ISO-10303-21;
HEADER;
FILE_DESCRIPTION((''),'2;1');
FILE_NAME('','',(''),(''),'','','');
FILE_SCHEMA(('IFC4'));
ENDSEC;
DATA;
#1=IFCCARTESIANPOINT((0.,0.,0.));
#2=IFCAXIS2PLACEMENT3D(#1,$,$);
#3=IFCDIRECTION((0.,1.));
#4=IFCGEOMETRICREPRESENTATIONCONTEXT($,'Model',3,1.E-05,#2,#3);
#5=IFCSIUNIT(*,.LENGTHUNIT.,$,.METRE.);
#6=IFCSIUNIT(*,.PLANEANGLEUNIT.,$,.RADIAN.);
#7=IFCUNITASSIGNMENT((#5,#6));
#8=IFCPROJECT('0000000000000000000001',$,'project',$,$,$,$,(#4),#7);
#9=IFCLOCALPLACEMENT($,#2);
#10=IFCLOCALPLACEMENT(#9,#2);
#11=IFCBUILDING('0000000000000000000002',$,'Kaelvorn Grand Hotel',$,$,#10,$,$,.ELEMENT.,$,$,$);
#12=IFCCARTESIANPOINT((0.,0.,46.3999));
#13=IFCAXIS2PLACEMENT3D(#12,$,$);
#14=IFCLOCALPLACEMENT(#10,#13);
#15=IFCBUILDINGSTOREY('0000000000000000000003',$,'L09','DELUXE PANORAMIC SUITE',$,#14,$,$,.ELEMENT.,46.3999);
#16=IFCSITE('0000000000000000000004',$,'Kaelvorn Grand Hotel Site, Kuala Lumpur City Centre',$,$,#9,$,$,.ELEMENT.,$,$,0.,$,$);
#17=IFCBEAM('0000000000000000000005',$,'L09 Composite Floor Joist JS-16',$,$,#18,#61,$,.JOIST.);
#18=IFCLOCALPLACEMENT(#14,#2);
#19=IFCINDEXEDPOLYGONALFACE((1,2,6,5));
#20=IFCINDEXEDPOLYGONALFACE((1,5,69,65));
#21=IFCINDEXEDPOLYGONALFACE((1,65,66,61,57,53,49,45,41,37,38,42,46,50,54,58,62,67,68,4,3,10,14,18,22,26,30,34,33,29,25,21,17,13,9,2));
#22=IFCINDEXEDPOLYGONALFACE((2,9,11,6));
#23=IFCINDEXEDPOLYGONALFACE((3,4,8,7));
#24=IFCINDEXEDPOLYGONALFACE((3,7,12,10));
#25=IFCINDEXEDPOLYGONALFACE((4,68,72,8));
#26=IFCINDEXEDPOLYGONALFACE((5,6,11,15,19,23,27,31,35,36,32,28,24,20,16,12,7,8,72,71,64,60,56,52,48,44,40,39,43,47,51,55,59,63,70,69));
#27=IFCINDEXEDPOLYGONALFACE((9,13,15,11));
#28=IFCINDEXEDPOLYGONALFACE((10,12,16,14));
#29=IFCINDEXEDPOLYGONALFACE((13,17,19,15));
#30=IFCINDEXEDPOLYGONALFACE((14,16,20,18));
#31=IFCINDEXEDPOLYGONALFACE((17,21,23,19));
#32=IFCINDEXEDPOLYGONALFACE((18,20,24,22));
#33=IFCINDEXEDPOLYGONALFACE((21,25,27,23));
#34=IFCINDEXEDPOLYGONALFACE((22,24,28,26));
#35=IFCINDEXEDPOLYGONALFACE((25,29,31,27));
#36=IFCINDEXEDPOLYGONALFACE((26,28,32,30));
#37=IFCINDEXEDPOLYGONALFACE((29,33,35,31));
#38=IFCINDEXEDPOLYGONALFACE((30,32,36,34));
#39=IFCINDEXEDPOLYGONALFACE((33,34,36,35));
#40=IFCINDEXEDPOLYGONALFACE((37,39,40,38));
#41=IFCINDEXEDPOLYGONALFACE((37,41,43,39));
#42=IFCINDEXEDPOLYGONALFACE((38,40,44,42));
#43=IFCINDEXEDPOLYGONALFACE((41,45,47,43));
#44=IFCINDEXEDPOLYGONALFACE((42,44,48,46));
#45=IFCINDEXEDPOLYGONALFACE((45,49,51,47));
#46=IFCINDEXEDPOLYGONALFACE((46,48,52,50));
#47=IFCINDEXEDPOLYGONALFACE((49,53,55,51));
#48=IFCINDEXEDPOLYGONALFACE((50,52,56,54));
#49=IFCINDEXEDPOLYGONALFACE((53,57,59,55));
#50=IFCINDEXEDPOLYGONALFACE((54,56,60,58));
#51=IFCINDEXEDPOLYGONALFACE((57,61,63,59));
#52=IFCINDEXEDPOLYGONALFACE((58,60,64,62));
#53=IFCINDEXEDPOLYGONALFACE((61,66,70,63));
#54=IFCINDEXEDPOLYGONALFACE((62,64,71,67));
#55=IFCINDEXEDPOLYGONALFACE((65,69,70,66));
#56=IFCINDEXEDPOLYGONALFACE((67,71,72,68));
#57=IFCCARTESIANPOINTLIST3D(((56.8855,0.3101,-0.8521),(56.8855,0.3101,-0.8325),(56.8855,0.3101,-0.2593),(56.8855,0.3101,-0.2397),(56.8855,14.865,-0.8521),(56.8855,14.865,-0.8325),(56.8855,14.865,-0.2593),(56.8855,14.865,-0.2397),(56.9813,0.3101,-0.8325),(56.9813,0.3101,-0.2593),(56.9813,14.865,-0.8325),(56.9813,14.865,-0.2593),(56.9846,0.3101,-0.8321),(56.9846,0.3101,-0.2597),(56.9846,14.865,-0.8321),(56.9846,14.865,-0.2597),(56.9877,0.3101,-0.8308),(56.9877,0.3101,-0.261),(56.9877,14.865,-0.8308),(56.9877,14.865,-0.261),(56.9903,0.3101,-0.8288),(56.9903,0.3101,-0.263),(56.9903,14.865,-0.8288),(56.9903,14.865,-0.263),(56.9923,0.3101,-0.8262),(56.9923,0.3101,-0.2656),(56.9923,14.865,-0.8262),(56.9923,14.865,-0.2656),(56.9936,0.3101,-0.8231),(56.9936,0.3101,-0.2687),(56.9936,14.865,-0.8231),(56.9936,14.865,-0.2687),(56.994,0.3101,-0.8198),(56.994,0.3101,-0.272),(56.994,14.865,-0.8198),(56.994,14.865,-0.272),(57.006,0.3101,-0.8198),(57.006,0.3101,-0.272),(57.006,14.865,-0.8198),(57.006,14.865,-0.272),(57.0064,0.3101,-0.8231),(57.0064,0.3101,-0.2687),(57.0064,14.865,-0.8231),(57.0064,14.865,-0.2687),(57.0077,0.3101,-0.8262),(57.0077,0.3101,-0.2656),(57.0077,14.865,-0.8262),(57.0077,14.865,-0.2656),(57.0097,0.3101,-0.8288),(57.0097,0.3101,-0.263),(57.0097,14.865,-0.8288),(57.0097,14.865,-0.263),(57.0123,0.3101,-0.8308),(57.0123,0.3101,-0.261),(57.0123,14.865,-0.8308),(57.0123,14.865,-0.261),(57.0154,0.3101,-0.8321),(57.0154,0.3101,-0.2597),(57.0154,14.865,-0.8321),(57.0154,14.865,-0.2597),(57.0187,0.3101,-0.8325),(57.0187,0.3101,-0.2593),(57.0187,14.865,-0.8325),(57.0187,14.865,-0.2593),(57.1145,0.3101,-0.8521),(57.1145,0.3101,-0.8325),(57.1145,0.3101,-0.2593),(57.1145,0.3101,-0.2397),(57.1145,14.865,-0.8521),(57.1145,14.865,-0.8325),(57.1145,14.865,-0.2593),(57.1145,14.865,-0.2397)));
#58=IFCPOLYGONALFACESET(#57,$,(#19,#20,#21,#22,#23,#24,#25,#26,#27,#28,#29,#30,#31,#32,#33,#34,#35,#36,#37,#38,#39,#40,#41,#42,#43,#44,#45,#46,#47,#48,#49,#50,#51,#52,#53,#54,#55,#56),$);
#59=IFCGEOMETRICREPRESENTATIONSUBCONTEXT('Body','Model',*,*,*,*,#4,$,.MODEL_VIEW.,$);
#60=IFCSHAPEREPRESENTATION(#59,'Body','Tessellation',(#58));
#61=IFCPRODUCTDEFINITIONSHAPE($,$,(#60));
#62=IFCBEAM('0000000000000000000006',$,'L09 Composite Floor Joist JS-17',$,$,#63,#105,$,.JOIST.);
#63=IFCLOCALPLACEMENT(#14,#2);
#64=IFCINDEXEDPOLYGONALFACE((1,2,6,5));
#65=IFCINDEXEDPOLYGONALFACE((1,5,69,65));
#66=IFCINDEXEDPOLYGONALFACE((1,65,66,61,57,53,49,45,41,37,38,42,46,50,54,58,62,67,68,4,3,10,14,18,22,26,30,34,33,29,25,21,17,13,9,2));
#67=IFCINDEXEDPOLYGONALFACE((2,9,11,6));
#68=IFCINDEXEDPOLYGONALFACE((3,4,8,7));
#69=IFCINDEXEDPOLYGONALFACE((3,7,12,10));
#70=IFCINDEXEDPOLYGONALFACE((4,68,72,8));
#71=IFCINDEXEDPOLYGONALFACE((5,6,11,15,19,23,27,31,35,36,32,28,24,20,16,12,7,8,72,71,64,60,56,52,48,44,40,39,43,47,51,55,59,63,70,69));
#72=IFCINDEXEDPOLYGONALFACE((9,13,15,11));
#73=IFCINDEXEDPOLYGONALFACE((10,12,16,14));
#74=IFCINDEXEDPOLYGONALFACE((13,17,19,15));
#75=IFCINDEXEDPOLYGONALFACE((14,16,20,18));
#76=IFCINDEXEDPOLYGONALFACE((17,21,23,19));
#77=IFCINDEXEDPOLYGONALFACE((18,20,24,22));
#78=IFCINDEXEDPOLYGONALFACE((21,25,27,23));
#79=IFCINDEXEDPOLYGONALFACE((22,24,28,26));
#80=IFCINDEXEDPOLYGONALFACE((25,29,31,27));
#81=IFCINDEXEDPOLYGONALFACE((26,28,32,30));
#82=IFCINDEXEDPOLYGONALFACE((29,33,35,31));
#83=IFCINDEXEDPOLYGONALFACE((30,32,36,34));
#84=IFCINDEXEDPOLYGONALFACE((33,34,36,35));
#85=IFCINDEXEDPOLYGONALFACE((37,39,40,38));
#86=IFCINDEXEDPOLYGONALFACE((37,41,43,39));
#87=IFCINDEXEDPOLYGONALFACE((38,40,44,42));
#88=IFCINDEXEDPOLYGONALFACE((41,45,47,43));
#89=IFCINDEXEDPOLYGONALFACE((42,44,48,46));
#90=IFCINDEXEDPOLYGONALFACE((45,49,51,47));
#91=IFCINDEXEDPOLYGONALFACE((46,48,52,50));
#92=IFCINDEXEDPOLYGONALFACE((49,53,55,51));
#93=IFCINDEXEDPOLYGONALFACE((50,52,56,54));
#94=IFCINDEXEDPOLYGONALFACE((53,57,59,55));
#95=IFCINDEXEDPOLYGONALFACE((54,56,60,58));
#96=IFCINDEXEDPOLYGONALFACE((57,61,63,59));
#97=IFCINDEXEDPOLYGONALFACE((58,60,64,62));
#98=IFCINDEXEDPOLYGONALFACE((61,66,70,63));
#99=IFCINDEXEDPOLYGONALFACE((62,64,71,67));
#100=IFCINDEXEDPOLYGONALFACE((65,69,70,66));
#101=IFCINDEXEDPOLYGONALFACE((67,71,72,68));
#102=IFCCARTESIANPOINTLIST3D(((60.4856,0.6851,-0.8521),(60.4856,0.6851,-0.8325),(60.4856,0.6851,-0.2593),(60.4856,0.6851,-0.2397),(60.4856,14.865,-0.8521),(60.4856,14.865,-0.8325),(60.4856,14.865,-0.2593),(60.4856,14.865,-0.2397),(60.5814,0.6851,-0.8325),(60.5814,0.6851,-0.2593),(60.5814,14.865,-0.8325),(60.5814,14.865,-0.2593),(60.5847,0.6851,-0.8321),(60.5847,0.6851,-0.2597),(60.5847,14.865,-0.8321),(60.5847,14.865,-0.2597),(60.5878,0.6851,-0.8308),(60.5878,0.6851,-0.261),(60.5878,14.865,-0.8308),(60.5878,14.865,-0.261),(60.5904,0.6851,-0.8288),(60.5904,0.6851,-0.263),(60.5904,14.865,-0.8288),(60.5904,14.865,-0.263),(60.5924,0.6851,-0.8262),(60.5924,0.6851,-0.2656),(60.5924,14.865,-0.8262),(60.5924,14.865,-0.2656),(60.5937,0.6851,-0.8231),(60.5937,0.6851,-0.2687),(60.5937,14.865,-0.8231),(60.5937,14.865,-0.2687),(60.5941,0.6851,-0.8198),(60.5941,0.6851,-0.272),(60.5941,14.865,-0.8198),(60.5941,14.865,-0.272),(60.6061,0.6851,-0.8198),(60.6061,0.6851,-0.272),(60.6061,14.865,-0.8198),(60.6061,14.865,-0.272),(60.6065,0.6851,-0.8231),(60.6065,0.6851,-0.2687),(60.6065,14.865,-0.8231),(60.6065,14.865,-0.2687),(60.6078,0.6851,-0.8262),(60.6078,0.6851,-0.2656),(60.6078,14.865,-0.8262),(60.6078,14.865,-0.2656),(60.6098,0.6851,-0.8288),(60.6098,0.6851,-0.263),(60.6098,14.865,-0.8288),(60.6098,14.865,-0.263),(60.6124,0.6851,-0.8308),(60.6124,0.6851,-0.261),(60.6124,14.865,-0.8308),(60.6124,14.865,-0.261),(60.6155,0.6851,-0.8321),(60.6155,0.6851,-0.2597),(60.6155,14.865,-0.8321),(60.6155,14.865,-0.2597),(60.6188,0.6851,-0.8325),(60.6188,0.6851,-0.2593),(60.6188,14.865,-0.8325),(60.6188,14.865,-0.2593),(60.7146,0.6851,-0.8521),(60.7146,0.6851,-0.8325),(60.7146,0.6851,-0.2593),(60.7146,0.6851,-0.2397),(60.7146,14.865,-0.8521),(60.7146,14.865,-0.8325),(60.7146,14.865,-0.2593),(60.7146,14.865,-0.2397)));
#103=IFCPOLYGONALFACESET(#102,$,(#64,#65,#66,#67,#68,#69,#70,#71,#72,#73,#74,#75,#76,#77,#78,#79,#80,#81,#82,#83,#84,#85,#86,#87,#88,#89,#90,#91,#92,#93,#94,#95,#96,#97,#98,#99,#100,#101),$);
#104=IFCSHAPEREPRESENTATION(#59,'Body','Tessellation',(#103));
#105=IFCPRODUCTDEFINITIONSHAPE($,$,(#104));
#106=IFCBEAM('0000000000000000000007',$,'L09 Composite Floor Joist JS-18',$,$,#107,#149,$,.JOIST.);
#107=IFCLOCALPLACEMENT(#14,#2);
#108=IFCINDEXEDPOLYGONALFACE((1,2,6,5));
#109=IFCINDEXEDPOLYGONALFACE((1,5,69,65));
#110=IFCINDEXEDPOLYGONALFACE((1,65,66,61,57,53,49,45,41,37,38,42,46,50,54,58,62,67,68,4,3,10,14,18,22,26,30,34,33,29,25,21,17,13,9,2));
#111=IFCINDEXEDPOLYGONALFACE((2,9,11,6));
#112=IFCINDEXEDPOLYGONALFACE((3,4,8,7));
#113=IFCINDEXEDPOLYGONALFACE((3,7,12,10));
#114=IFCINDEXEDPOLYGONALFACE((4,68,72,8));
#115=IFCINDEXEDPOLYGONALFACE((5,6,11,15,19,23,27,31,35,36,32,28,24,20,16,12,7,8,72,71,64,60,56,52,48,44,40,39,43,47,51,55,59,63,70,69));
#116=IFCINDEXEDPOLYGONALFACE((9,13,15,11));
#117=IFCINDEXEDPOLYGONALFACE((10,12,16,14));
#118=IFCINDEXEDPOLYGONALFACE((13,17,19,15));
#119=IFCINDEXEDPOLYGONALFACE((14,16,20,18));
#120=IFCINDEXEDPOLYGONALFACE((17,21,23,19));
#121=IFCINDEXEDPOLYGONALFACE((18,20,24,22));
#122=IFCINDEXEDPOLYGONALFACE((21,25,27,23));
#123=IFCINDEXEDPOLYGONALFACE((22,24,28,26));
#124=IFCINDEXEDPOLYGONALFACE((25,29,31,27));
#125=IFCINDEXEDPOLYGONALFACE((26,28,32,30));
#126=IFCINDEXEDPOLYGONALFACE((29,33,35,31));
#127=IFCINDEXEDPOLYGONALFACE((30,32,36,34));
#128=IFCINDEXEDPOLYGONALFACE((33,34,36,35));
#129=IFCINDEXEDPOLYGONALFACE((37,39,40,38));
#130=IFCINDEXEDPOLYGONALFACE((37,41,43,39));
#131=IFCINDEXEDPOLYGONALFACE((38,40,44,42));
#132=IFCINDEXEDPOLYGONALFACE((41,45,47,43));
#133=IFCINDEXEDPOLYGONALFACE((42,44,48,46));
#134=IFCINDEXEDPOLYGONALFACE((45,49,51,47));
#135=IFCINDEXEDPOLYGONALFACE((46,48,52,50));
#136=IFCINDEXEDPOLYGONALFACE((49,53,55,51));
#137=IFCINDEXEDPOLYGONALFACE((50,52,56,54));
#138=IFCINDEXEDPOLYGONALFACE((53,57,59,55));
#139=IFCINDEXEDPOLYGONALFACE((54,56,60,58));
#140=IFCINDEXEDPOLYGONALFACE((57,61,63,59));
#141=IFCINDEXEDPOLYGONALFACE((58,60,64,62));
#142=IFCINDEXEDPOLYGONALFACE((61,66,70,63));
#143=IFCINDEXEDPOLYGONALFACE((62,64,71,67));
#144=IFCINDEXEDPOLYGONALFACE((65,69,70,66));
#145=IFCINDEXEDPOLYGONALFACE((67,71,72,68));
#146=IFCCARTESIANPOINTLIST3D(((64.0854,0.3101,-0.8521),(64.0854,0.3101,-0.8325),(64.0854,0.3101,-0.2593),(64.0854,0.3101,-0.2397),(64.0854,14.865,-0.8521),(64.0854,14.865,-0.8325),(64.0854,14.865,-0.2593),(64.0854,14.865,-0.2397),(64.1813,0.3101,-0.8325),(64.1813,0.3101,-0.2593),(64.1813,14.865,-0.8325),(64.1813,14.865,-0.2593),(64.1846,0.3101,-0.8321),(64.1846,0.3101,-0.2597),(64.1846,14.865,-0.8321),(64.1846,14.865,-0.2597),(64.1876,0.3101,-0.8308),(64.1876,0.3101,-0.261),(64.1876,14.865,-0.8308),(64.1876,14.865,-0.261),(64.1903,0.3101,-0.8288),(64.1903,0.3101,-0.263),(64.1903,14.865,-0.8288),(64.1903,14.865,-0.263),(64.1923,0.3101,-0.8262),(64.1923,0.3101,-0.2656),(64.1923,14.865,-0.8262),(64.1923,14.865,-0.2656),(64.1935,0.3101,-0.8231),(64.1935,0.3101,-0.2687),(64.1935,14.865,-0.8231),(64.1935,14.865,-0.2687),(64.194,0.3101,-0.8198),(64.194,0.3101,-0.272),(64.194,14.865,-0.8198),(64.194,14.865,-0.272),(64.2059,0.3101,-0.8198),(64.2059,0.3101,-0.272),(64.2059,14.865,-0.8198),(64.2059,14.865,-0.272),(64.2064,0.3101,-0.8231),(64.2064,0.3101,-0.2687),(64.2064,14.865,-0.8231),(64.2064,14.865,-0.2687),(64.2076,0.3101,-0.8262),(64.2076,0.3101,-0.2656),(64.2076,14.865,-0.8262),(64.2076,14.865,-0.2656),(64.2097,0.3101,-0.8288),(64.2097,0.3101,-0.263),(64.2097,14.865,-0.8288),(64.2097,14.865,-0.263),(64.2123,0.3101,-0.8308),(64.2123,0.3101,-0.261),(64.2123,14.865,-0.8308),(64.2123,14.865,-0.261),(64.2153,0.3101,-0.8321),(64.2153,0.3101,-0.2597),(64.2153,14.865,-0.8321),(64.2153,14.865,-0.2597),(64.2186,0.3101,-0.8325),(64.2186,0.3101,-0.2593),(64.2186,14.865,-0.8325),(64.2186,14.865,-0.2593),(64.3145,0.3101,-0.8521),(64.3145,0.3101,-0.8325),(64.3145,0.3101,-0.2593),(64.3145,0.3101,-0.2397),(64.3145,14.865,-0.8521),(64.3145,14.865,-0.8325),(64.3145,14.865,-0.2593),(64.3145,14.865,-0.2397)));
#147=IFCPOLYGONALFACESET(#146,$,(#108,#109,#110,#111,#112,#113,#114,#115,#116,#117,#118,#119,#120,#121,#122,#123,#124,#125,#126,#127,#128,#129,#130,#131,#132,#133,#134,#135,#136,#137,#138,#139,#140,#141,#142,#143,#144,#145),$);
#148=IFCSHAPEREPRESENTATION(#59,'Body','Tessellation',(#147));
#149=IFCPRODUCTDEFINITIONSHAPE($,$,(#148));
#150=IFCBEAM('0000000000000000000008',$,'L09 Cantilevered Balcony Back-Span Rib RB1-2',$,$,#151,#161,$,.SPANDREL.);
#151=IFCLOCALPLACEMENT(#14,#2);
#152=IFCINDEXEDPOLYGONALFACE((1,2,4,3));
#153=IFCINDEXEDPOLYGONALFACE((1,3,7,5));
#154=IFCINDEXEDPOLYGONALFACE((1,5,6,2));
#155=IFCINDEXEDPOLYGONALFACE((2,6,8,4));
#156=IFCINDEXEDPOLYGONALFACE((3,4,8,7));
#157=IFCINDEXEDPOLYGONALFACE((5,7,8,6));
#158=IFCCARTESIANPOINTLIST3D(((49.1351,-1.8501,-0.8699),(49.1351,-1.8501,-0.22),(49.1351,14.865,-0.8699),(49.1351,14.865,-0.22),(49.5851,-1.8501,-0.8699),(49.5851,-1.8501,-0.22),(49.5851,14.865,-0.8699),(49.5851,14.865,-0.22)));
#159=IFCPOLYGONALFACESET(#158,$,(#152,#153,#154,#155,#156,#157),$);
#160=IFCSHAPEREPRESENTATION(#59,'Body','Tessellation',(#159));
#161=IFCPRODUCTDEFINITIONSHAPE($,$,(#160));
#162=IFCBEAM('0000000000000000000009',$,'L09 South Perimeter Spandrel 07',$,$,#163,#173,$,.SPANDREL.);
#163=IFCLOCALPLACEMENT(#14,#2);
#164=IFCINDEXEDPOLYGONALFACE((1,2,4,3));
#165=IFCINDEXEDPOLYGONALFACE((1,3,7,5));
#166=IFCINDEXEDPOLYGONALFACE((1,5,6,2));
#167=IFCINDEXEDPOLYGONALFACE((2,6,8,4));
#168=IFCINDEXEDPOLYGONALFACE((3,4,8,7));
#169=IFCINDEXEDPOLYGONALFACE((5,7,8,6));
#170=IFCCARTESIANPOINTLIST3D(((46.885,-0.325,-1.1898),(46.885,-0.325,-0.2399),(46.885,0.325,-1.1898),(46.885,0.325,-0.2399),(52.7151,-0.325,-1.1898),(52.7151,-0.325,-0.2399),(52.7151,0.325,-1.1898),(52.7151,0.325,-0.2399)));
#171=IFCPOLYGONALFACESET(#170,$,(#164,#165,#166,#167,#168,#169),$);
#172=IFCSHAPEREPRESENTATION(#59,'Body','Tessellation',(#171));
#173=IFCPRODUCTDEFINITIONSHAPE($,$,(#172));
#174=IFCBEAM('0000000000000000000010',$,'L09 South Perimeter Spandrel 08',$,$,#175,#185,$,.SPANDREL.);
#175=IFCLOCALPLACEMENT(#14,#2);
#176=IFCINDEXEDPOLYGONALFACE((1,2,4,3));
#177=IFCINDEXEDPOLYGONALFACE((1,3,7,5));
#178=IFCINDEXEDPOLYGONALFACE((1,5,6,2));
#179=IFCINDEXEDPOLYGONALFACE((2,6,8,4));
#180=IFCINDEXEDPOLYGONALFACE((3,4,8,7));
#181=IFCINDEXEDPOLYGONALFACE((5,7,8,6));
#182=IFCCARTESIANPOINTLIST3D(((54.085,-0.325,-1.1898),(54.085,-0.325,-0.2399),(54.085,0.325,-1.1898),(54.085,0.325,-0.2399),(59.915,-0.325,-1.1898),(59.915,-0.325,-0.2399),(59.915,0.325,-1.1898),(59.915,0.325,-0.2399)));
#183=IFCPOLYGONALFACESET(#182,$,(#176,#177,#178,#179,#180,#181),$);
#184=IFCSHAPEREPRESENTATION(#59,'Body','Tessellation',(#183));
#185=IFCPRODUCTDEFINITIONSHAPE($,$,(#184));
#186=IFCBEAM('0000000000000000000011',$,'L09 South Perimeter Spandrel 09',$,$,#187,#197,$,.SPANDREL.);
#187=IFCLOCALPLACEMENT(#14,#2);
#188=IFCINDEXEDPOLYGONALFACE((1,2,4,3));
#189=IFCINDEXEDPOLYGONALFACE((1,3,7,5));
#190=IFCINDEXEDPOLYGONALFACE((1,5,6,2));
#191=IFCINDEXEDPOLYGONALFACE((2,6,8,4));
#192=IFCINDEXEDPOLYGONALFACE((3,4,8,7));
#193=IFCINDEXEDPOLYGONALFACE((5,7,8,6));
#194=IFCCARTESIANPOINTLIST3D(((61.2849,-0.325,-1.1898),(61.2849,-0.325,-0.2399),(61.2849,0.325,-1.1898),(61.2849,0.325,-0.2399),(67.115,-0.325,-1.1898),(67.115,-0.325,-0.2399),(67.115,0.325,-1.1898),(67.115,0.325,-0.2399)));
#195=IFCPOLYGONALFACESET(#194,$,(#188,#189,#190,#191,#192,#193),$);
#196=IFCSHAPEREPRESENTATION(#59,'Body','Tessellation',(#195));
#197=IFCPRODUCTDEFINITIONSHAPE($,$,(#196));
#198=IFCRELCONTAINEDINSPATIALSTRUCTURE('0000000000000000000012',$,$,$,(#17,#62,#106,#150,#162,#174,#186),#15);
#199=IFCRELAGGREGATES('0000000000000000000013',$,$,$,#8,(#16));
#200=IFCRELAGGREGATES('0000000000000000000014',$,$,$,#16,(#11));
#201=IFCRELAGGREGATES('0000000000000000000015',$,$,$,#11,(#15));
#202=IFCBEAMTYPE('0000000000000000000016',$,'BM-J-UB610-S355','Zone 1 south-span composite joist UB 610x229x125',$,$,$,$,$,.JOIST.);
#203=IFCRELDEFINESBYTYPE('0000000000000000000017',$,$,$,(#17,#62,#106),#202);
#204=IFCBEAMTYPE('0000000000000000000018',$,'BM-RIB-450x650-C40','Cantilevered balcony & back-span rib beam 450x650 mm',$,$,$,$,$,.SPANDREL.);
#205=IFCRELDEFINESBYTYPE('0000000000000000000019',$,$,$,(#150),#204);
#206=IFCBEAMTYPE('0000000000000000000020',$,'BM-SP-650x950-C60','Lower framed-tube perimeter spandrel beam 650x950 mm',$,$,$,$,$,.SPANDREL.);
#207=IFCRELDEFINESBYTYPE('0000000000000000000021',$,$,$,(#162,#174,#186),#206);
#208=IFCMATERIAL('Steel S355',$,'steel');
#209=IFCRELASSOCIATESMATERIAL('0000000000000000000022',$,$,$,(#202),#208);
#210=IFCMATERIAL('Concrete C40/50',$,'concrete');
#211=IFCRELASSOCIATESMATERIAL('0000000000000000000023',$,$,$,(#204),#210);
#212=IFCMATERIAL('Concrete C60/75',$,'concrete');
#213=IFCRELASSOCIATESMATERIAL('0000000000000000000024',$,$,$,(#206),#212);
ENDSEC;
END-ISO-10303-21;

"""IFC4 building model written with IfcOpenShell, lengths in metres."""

from ifc_helpers import new_model, si_unit, direction, frame, origin, origin_2d, place, context, subcontext, project, spatial, rectangle, i_section, extrude, material, material_profile, profile_set, type_object, element, save


model = new_model("IFC4")

# Units and contexts
model_context = context("Model", 3, precision=1e-05, world=origin(), true_north=direction((0.0, 1.0)))
body_context = subcontext(model_context, "Body", "Model", "MODEL_VIEW")
ifc_project = project(units=[si_unit("LENGTHUNIT", "METRE"), si_unit("PLANEANGLEUNIT", "RADIAN")], contexts=[model_context])

# Site, building, storey
site_placement = place(None, origin())
site = spatial("IfcSite", under=ifc_project, at=site_placement, Name="Kaelvorn Grand Hotel Site, Kuala Lumpur City Centre", CompositionType="ELEMENT", RefElevation=0.0)
building_placement = place(site_placement, origin())
building = spatial("IfcBuilding", under=site, at=building_placement, Name="Kaelvorn Grand Hotel", CompositionType="ELEMENT")
storey_placement = place(building_placement, frame((0.0, 0.0, 46.3999)))
storey = spatial("IfcBuildingStorey", under=building, at=storey_placement, Name="L09", Description="DELUXE PANORAMIC SUITE", CompositionType="ELEMENT", Elevation=46.3999)

# Beams
ifc_material_1 = material(Name="Steel S355", Category="steel")
ifc_material_profile_1 = material_profile(ifc_material_1, i_section(OverallWidth=0.229, OverallDepth=0.6123, WebThickness=0.012, FlangeThickness=0.0195, FilletRadius=0.0127, at=origin_2d()), Name="UB 610x229x125")
ifc_profile_set_1 = profile_set([ifc_material_profile_1], Name="Steel S355")
beam_type_1 = type_object("IfcBeamType", Name="BM-J-UB610-S355", Description="Zone 1 south-span composite joist UB 610x229x125", PredefinedType="JOIST", material=ifc_profile_set_1)
beam_1_placement = place(storey_placement, frame((57.0, 0.3101, -0.5459), z_axis=(0.0, 1.0, 0.0), x_axis=(-1.0, 0.0, 0.0)))
element("IfcBeam", 1, at=beam_1_placement, inside=storey, type_object=beam_type_1, Name="L09 Composite Floor Joist JS-16", PredefinedType="JOIST", context=body_context, shape_type="SweptSolid", body=[
    extrude(i_section(OverallWidth=0.229, OverallDepth=0.6123, WebThickness=0.012, FlangeThickness=0.0195, FilletRadius=0.0127, at=origin_2d()), origin(), (0.0, 0.0, 1.0), 14.5549),
])
beam_2_placement = place(storey_placement, frame((60.6001, 0.6851, -0.5459), z_axis=(0.0, 1.0, 0.0), x_axis=(-1.0, 0.0, 0.0)))
element("IfcBeam", 2, at=beam_2_placement, inside=storey, type_object=beam_type_1, Name="L09 Composite Floor Joist JS-17", PredefinedType="JOIST", context=body_context, shape_type="SweptSolid", body=[
    extrude(i_section(OverallWidth=0.229, OverallDepth=0.6123, WebThickness=0.012, FlangeThickness=0.0195, FilletRadius=0.0127, at=origin_2d()), origin(), (0.0, 0.0, 1.0), 14.1799),
])
beam_3_placement = place(storey_placement, frame((64.2, 0.3101, -0.5459), z_axis=(0.0, 1.0, 0.0), x_axis=(-1.0, 0.0, 0.0)))
element("IfcBeam", 3, at=beam_3_placement, inside=storey, type_object=beam_type_1, Name="L09 Composite Floor Joist JS-18", PredefinedType="JOIST", context=body_context, shape_type="SweptSolid", body=[
    extrude(i_section(OverallWidth=0.229, OverallDepth=0.6123, WebThickness=0.012, FlangeThickness=0.0195, FilletRadius=0.0127, at=origin_2d()), origin(), (0.0, 0.0, 1.0), 14.5549),
])
ifc_material_2 = material(Name="Concrete C40/50", Category="concrete")
ifc_material_profile_2 = material_profile(ifc_material_2, rectangle(XDim=0.45, YDim=0.6499, at=origin_2d()), Name="RC RIB 450x650")
ifc_profile_set_2 = profile_set([ifc_material_profile_2], Name="Concrete C40/50")
beam_type_2 = type_object("IfcBeamType", Name="BM-RIB-450x650-C40", Description="Cantilevered balcony & back-span rib beam 450x650 mm", PredefinedType="SPANDREL", material=ifc_profile_set_2)
beam_4_placement = place(storey_placement, frame((49.3601, -1.8501, -0.5449), z_axis=(0.0, 1.0, 0.0), x_axis=(-1.0, 0.0, 0.0)))
element("IfcBeam", 4, at=beam_4_placement, inside=storey, type_object=beam_type_2, Name="L09 Cantilevered Balcony Back-Span Rib RB1-2", PredefinedType="SPANDREL", context=body_context, shape_type="SweptSolid", body=[
    extrude(rectangle(XDim=0.45, YDim=0.6499, at=origin_2d()), origin(), (0.0, 0.0, 1.0), 16.7151),
])
ifc_material_3 = material(Name="Concrete C60/75", Category="concrete")
ifc_material_profile_3 = material_profile(ifc_material_3, rectangle(XDim=0.6499, YDim=0.95, at=origin_2d()), Name="RC SPANDREL 650x950")
ifc_profile_set_3 = profile_set([ifc_material_profile_3], Name="Concrete C60/75")
beam_type_3 = type_object("IfcBeamType", Name="BM-SP-650x950-C60", Description="Lower framed-tube perimeter spandrel beam 650x950 mm", PredefinedType="SPANDREL", material=ifc_profile_set_3)
for number, where, z_axis, x_axis, name in (
    (5, (46.885, 0.0, -0.7148), (1.0, 0.0, 0.0), (0.0, 1.0, 0.0), "L09 South Perimeter Spandrel 07"),
    (6, (54.085, 0.0, -0.7148), (1.0, 0.0, 0.0), (0.0, 1.0, 0.0), "L09 South Perimeter Spandrel 08"),
    (7, (61.2849, 0.0, -0.7148), (1.0, 0.0, 0.0), (0.0, 1.0, 0.0), "L09 South Perimeter Spandrel 09"),
):
    element("IfcBeam", number, at=place(storey_placement, frame(where, z_axis=z_axis, x_axis=x_axis)), inside=storey, type_object=beam_type_3, Name=name, PredefinedType="SPANDREL", context=body_context, shape_type="SweptSolid", body=[
        extrude(rectangle(XDim=0.6499, YDim=0.95, at=origin_2d()), origin(), (0.0, 0.0, 1.0), 5.8301),
    ])

save(model, "model.ifc")
